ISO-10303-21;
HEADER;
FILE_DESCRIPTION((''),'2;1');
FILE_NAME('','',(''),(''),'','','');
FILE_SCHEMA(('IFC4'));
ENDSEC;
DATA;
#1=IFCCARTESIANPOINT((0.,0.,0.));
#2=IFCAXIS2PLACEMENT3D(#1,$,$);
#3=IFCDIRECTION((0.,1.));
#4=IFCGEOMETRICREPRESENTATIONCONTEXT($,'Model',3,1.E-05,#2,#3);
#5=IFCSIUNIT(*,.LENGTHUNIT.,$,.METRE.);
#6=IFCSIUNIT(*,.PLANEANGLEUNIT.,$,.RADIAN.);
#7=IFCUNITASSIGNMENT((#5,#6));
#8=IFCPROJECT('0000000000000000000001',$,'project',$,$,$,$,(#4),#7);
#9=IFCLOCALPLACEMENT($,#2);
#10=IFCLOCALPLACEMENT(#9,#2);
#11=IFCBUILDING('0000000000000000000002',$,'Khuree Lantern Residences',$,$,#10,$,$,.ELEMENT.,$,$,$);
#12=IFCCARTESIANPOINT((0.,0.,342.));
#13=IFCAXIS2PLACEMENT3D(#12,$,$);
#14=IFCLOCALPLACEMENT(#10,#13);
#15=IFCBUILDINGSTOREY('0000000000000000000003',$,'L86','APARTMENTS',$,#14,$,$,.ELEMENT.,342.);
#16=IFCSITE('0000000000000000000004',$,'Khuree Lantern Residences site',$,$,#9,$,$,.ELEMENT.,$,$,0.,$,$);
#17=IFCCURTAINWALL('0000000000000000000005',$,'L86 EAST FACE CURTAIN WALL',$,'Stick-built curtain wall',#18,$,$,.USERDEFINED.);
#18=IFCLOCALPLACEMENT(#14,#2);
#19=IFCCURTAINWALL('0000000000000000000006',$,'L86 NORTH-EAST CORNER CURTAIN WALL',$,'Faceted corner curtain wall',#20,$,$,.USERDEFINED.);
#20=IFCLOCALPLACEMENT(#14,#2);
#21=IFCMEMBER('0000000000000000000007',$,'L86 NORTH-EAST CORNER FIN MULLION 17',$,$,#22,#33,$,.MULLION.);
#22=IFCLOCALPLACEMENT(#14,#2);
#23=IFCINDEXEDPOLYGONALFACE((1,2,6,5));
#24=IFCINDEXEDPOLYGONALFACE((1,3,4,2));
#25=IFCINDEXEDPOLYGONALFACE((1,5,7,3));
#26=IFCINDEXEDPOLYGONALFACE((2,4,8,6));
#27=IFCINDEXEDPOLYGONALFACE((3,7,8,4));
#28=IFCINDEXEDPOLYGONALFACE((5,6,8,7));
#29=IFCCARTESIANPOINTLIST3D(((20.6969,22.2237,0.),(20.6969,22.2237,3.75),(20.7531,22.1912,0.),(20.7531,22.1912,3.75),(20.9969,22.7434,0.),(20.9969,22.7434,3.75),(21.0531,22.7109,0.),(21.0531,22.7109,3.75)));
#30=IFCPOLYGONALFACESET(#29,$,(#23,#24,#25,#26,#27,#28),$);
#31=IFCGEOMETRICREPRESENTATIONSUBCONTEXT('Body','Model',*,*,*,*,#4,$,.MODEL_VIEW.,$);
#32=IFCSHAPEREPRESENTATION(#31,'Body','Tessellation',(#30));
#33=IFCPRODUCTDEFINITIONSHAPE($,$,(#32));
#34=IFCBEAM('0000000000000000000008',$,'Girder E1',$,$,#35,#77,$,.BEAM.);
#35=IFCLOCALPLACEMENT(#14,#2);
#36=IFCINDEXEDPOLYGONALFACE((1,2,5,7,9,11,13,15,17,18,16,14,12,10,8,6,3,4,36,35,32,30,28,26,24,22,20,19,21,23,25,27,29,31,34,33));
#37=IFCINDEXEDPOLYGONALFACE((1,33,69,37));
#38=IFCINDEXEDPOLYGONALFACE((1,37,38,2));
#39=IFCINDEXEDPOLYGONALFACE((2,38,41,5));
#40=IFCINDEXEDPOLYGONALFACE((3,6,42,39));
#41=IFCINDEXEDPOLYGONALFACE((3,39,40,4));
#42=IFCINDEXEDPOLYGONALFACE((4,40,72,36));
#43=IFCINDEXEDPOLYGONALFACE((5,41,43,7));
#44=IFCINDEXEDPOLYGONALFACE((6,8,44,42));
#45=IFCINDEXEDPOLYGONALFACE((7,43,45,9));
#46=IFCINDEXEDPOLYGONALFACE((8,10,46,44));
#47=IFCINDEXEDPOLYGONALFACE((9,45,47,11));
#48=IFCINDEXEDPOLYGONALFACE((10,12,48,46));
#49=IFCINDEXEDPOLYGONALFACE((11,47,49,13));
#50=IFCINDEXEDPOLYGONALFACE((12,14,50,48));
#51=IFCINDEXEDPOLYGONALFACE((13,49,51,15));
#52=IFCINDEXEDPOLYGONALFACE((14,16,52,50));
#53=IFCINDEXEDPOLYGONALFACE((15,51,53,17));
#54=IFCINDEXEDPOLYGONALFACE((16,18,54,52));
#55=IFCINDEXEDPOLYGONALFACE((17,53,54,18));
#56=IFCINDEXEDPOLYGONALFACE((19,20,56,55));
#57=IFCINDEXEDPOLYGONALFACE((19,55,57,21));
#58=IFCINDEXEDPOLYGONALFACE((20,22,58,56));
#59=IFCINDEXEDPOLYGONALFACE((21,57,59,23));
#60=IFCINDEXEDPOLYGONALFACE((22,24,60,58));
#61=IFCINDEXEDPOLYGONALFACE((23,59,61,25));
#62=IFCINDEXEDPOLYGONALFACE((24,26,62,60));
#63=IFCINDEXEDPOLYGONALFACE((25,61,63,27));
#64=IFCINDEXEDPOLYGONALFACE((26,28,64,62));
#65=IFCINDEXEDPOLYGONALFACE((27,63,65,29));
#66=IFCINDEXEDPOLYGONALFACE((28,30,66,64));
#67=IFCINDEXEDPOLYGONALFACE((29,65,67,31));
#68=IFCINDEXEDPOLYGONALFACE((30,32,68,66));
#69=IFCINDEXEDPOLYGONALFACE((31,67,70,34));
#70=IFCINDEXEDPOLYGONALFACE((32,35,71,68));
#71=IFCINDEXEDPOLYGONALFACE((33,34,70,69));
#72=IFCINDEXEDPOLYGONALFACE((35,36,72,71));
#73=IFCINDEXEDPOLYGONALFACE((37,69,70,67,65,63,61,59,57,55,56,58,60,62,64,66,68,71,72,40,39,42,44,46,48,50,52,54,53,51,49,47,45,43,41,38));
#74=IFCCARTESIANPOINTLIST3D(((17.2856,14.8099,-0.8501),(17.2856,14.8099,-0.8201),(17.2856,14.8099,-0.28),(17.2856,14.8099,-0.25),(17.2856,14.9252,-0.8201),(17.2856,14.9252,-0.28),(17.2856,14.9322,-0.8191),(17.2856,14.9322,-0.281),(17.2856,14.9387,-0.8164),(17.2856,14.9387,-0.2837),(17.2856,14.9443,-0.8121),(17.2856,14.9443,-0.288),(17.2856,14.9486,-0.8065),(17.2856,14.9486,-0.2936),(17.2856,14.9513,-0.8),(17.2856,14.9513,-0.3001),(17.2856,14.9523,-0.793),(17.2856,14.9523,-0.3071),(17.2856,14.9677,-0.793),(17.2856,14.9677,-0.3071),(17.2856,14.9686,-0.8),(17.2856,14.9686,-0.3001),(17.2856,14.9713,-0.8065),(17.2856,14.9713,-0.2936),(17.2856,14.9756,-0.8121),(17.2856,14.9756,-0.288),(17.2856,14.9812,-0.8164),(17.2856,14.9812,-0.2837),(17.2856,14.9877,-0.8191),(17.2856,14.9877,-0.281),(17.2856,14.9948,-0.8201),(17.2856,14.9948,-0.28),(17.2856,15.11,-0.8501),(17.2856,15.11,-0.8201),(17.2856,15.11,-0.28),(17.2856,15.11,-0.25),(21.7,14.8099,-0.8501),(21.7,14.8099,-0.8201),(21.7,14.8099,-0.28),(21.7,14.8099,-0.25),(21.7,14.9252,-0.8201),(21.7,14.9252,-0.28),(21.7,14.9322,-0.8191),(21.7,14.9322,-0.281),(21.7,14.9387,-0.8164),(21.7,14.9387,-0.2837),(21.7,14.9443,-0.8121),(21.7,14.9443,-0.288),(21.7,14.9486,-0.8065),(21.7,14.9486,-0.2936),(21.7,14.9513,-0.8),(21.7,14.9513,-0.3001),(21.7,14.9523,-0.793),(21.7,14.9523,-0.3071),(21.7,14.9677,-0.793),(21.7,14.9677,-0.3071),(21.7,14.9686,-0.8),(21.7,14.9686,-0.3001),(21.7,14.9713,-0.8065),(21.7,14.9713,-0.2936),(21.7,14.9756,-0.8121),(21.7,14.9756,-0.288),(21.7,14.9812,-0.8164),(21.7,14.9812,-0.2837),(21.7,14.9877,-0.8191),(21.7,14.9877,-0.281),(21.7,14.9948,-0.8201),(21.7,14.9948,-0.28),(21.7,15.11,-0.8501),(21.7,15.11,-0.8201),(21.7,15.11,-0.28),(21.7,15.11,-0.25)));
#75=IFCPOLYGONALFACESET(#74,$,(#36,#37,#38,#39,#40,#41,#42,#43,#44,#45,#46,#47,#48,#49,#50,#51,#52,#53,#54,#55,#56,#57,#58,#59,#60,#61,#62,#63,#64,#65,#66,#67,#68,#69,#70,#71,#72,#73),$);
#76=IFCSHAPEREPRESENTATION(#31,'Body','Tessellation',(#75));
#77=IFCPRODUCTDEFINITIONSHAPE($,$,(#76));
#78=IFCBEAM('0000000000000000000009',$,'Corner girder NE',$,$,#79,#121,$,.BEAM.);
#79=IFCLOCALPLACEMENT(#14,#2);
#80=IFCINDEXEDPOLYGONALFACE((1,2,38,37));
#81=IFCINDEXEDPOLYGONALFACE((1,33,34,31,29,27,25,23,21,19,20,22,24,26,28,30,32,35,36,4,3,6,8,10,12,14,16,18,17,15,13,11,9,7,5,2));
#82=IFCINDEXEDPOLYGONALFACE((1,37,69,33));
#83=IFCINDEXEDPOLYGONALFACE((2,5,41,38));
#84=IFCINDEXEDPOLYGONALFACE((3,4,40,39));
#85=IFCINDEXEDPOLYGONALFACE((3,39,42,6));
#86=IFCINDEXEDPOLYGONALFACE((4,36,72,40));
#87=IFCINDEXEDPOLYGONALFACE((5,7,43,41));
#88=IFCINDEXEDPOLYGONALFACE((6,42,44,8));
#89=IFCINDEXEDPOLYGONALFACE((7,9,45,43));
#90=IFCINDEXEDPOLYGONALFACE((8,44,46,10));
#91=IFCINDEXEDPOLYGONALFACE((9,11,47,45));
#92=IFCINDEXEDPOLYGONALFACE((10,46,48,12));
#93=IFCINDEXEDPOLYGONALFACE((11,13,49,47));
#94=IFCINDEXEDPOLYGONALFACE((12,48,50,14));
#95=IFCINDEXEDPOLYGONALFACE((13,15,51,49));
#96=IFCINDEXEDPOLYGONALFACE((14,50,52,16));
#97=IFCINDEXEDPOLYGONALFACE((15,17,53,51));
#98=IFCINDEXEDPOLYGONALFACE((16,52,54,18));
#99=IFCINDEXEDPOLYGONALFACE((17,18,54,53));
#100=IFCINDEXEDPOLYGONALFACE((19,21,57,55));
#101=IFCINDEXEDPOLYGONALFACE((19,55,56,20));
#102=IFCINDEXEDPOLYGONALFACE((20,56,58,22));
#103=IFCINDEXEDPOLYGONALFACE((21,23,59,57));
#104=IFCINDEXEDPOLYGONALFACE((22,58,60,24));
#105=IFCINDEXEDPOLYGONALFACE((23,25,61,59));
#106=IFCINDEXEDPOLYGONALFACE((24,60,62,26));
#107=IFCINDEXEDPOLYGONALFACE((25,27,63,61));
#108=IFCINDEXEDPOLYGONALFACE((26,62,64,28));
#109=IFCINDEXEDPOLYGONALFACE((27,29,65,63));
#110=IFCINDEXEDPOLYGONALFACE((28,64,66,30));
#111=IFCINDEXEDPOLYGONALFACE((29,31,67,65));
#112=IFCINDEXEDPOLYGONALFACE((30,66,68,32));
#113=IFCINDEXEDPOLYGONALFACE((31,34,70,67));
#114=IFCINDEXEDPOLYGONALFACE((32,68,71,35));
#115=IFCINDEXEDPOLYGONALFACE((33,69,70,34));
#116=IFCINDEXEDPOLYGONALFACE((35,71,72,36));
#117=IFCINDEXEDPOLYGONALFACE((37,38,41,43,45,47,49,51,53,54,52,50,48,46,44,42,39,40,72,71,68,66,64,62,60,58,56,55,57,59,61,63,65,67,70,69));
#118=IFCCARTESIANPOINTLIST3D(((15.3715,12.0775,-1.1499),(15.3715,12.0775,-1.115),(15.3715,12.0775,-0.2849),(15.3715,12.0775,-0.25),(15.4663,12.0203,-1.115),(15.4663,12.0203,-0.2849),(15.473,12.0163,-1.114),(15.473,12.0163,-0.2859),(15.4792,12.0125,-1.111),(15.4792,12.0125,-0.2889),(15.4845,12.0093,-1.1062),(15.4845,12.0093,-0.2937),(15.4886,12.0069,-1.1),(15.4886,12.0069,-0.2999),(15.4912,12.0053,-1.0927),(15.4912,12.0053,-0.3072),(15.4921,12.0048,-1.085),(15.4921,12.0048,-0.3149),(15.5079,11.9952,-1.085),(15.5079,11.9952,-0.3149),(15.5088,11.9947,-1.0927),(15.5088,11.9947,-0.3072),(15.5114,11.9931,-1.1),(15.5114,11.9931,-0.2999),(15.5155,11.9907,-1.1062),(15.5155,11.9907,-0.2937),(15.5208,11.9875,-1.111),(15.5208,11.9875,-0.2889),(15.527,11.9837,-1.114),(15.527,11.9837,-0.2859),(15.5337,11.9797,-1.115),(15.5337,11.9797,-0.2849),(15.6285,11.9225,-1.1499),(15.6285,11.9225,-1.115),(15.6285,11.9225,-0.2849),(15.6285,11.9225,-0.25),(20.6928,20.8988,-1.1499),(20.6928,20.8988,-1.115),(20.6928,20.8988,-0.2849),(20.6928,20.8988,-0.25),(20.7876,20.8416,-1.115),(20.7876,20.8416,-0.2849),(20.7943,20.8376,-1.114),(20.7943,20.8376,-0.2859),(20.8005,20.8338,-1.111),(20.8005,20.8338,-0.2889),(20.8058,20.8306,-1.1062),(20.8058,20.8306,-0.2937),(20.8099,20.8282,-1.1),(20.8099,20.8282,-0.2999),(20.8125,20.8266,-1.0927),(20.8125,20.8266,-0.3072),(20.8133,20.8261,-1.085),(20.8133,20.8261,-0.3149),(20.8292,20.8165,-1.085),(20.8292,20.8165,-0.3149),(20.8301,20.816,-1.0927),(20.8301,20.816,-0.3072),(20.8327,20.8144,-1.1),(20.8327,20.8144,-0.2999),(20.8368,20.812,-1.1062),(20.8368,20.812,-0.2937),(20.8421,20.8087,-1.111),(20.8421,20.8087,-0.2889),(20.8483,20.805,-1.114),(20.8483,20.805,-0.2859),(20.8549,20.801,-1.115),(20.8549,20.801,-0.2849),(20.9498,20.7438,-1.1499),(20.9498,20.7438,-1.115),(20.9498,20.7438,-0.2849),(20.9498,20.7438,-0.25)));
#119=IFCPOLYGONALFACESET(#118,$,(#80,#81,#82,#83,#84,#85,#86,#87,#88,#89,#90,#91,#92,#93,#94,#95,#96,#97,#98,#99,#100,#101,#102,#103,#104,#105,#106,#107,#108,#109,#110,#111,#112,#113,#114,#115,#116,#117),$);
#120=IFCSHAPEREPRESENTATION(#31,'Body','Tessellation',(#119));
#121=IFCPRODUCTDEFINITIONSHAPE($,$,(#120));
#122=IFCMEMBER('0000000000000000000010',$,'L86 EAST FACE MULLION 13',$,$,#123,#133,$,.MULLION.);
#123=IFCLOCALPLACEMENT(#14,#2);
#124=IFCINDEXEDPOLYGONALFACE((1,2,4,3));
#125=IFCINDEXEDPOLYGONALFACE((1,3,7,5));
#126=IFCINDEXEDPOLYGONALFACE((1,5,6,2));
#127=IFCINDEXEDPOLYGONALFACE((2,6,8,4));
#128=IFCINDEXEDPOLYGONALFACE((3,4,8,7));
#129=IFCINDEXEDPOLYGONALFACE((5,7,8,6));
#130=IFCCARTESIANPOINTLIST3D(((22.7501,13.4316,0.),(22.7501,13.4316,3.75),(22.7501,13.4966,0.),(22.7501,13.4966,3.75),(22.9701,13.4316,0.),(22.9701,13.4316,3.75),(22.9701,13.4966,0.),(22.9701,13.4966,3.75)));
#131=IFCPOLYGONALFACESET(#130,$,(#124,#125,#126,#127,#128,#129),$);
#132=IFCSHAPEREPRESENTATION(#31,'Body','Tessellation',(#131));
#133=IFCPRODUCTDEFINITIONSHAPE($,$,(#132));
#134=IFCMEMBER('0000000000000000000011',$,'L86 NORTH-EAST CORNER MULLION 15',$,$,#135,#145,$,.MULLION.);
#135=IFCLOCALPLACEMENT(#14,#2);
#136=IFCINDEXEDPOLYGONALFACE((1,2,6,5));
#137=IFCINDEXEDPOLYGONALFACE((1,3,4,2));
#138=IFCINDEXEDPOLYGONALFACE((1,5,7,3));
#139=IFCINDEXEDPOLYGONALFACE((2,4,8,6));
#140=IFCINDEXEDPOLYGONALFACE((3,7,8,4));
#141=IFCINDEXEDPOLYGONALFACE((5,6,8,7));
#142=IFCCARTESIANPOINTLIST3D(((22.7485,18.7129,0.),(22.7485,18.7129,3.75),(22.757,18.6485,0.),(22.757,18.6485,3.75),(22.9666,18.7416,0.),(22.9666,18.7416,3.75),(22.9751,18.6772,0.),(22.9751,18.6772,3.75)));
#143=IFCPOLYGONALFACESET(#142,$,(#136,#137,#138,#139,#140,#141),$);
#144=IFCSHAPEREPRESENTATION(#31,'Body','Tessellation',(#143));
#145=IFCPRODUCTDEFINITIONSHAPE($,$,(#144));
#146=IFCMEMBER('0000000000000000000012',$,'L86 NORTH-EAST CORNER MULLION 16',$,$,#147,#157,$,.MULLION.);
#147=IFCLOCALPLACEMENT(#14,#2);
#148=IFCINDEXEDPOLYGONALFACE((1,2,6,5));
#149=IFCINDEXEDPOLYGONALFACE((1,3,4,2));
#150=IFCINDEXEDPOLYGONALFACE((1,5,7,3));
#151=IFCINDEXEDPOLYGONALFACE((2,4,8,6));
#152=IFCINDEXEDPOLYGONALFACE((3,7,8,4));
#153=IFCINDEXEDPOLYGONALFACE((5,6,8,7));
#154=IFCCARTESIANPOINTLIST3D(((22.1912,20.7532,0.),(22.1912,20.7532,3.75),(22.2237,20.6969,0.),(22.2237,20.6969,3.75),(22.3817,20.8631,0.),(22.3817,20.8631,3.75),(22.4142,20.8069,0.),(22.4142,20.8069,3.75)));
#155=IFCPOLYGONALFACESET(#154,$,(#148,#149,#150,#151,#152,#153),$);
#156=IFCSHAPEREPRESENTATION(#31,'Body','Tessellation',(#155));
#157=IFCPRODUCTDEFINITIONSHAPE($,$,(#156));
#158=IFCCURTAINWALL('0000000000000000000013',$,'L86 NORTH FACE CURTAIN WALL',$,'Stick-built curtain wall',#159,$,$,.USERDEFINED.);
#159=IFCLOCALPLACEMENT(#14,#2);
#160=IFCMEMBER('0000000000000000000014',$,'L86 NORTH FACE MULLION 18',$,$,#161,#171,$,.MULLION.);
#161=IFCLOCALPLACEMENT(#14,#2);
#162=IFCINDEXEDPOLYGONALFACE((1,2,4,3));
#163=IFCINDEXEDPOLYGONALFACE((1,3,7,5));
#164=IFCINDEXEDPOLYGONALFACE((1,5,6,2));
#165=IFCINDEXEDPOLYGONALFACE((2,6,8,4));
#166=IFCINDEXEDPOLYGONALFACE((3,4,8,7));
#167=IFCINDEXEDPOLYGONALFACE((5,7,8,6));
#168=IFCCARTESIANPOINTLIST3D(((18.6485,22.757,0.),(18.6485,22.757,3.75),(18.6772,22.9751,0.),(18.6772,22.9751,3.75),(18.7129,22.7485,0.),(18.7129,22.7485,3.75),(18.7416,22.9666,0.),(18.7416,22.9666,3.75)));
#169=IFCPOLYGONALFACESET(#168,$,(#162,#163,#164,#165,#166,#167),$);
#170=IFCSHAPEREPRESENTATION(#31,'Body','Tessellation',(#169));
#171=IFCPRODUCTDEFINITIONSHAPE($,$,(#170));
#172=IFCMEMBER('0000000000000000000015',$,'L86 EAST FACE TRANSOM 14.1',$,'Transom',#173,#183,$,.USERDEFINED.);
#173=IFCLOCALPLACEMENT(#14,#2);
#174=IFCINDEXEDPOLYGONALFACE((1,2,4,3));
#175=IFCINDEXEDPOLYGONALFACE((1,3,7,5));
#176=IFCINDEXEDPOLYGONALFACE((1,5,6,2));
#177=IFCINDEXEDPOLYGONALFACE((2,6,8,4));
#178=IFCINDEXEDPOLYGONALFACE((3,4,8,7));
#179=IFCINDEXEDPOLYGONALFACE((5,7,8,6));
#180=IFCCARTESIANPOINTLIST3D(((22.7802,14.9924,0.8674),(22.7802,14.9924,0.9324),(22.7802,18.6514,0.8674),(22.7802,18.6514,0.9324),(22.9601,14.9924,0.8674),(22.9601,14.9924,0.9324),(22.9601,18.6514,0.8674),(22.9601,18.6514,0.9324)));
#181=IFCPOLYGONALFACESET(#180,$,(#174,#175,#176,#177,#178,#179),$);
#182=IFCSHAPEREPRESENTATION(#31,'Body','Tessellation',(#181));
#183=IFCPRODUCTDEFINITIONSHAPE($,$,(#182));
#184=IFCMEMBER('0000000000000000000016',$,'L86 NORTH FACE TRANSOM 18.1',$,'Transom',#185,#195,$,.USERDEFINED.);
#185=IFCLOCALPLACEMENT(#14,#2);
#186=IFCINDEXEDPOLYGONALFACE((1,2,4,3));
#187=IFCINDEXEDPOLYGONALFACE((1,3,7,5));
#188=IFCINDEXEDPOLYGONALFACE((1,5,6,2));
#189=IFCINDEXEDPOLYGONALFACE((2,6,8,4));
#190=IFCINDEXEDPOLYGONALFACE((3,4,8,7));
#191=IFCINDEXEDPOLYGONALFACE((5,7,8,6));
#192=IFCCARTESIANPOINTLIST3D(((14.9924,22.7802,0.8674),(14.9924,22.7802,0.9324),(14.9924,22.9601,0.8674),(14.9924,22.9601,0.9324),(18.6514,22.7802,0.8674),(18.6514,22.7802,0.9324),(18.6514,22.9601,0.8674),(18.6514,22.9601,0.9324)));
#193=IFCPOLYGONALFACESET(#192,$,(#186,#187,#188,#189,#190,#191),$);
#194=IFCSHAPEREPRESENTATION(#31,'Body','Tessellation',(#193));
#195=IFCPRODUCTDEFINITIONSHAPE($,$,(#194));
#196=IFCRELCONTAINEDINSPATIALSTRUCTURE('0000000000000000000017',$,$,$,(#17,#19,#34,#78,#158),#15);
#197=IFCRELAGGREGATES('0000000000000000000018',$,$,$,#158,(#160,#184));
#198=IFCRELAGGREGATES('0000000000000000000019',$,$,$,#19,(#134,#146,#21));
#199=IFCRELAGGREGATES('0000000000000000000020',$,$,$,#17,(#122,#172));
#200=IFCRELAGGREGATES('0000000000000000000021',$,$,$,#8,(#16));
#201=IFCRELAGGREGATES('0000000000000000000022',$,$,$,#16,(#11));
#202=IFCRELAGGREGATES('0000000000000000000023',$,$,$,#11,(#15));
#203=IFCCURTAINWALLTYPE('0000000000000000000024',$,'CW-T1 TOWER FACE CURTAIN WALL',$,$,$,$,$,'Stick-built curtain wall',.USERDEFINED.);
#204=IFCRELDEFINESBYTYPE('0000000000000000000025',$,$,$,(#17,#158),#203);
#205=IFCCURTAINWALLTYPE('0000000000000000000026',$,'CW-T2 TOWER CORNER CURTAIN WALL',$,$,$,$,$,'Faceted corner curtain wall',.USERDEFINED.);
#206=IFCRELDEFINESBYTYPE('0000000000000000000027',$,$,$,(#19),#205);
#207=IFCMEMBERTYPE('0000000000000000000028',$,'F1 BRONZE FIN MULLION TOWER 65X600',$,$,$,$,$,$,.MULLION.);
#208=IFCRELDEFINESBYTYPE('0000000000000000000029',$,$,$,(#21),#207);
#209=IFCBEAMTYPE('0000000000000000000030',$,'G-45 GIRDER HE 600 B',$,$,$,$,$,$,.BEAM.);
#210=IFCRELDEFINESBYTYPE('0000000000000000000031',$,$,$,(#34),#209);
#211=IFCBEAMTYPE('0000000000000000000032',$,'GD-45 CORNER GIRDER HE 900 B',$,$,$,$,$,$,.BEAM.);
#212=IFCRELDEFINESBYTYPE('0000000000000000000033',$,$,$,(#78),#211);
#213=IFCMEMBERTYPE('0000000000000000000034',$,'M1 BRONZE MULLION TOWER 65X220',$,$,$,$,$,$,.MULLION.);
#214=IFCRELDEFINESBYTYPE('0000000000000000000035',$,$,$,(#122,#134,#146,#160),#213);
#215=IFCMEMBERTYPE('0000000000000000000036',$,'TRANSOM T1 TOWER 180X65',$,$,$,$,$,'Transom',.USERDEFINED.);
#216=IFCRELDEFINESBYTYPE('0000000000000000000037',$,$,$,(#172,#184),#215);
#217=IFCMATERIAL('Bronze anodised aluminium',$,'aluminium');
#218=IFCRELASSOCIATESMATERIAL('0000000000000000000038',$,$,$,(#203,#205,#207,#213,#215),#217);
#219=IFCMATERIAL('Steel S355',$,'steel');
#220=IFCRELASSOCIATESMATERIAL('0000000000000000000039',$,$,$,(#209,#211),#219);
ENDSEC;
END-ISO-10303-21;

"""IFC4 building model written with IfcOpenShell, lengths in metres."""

from ifc_helpers import new_model, si_unit, direction, frame, origin, origin_2d, place, context, subcontext, project, spatial, rectangle, i_section, extrude, material, material_profile, profile_set, type_object, element, aggregate, save


model = new_model("IFC4")

# Units and contexts
model_context = context("Model", 3, precision=1e-05, world=origin(), true_north=direction((0.0, 1.0)))
body_context = subcontext(model_context, "Body", "Model", "MODEL_VIEW")
ifc_project = project(units=[si_unit("LENGTHUNIT", "METRE"), si_unit("PLANEANGLEUNIT", "RADIAN")], contexts=[model_context])

# Site, building, storey
site_placement = place(None, origin())
site = spatial("IfcSite", under=ifc_project, at=site_placement, Name="Khuree Lantern Residences site", CompositionType="ELEMENT", RefElevation=0.0)
building_placement = place(site_placement, origin())
building = spatial("IfcBuilding", under=site, at=building_placement, Name="Khuree Lantern Residences", CompositionType="ELEMENT")
storey_placement = place(building_placement, frame((0.0, 0.0, 342.0)))
storey = spatial("IfcBuildingStorey", under=building, at=storey_placement, Name="L86", Description="APARTMENTS", CompositionType="ELEMENT", Elevation=342.0)

# Shared definitions
ifc_material_1 = material(Name="Steel S355", Category="steel")

# Curtain walls, member
ifc_material_2 = material(Name="Bronze anodised aluminium", Category="aluminium")
curtain_wall_type_1 = type_object("IfcCurtainWallType", Name="CW-T1 TOWER FACE CURTAIN WALL", ElementType="Stick-built curtain wall", PredefinedType="USERDEFINED", material=ifc_material_2)
curtain_wall_1_placement = place(storey_placement, origin())
curtain_wall_1 = element("IfcCurtainWall", 1, at=curtain_wall_1_placement, inside=storey, type_object=curtain_wall_type_1, Name="L86 EAST FACE CURTAIN WALL", ObjectType="Stick-built curtain wall", PredefinedType="USERDEFINED")
ifc_material_profile_1 = material_profile(ifc_material_2, rectangle(XDim=0.0649, YDim=0.6001, at=origin_2d()), Name="F1 65X600")
ifc_profile_set_1 = profile_set([ifc_material_profile_1], Name="Bronze anodised aluminium")
member_type_1 = type_object("IfcMemberType", Name="F1 BRONZE FIN MULLION TOWER 65X600", PredefinedType="MULLION", material=ifc_profile_set_1)
curtain_wall_type_2 = type_object("IfcCurtainWallType", Name="CW-T2 TOWER CORNER CURTAIN WALL", ElementType="Faceted corner curtain wall", PredefinedType="USERDEFINED", material=ifc_material_2)
curtain_wall_2_placement = place(storey_placement, origin())
curtain_wall_2 = element("IfcCurtainWall", 2, at=curtain_wall_2_placement, inside=storey, type_object=curtain_wall_type_2, Name="L86 NORTH-EAST CORNER CURTAIN WALL", ObjectType="Faceted corner curtain wall", PredefinedType="USERDEFINED")
member_1_placement = place(storey_placement, frame((20.875, 22.4673, 0.0), z_axis=(0.0, 0.0, 1.0), x_axis=(-0.866025, 0.5, 0.0)))
member_1 = element("IfcMember", 3, at=member_1_placement, type_object=member_type_1, Name="L86 NORTH-EAST CORNER FIN MULLION 17", PredefinedType="MULLION", context=body_context, shape_type="SweptSolid", body=[
    extrude(rectangle(XDim=0.0649, YDim=0.6001, at=origin_2d()), origin(), (0.0, 0.0, 1.0), 3.75),
])

# Beams
ifc_material_profile_2 = material_profile(ifc_material_1, i_section(OverallWidth=0.3, OverallDepth=0.6001, WebThickness=0.0154, FlangeThickness=0.03, FilletRadius=0.0271, at=origin_2d()), Name="HE 600 B")
ifc_profile_set_2 = profile_set([ifc_material_profile_2], Name="Steel S355")
beam_type_1 = type_object("IfcBeamType", Name="G-45 GIRDER HE 600 B", PredefinedType="BEAM", material=ifc_profile_set_2)
beam_1_placement = place(storey_placement, frame((21.7, 14.96, -0.55), z_axis=(-1.0, 0.0, 0.0), x_axis=(0.0, -1.0, 0.0)))
element("IfcBeam", 4, at=beam_1_placement, inside=storey, type_object=beam_type_1, Name="Girder E1", PredefinedType="BEAM", context=body_context, shape_type="SweptSolid", body=[
    extrude(i_section(OverallWidth=0.3, OverallDepth=0.6001, WebThickness=0.0154, FlangeThickness=0.03, FilletRadius=0.0271, at=origin_2d()), origin(), (0.0, 0.0, 1.0), 4.4143),
])
ifc_material_profile_3 = material_profile(ifc_material_1, i_section(OverallWidth=0.3, OverallDepth=0.8999, WebThickness=0.0186, FlangeThickness=0.0349, FilletRadius=0.03, at=origin_2d()), Name="HE 900 B")
ifc_profile_set_3 = profile_set([ifc_material_profile_3], Name="Steel S355")
beam_type_2 = type_object("IfcBeamType", Name="GD-45 CORNER GIRDER HE 900 B", PredefinedType="BEAM", material=ifc_profile_set_3)
beam_2_placement = place(storey_placement, frame((20.8213, 20.8213, -0.7), z_axis=(-0.51653, -0.856269, 0.0), x_axis=(0.856269, -0.51653, 0.0)))
element("IfcBeam", 5, at=beam_2_placement, inside=storey, type_object=beam_type_2, Name="Corner girder NE", PredefinedType="BEAM", context=body_context, shape_type="SweptSolid", body=[
    extrude(i_section(OverallWidth=0.3, OverallDepth=0.8999, WebThickness=0.0186, FlangeThickness=0.0349, FilletRadius=0.03, at=origin_2d()), origin(), (0.0, 0.0, 1.0), 10.302),
])

# Members
ifc_material_profile_4 = material_profile(ifc_material_2, rectangle(XDim=0.0649, YDim=0.22, at=origin_2d()), Name="M1 65X220")
ifc_profile_set_4 = profile_set([ifc_material_profile_4], Name="Bronze anodised aluminium")
member_type_2 = type_object("IfcMemberType", Name="M1 BRONZE MULLION TOWER 65X220", PredefinedType="MULLION", material=ifc_profile_set_4)
member_2_placement = place(storey_placement, frame((22.8601, 13.4641, 0.0), z_axis=(0.0, 0.0, 1.0), x_axis=(0.0, 1.0, 0.0)))
member_2 = element("IfcMember", 6, at=member_2_placement, type_object=member_type_2, Name="L86 EAST FACE MULLION 13", PredefinedType="MULLION", context=body_context, shape_type="SweptSolid", body=[
    extrude(rectangle(XDim=0.0649, YDim=0.22, at=origin_2d()), origin(), (0.0, 0.0, 1.0), 3.75),
])
member_3_placement = place(storey_placement, frame((22.8618, 18.6951, 0.0), z_axis=(0.0, 0.0, 1.0), x_axis=(-0.130526, 0.991445, 0.0)))
member_3 = element("IfcMember", 7, at=member_3_placement, type_object=member_type_2, Name="L86 NORTH-EAST CORNER MULLION 15", PredefinedType="MULLION", context=body_context, shape_type="SweptSolid", body=[
    extrude(rectangle(XDim=0.0649, YDim=0.22, at=origin_2d()), origin(), (0.0, 0.0, 1.0), 3.75),
])
member_4_placement = place(storey_placement, frame((22.3027, 20.78, 0.0), z_axis=(0.0, 0.0, 1.0), x_axis=(-0.5, 0.866025, 0.0)))
member_4 = element("IfcMember", 8, at=member_4_placement, type_object=member_type_2, Name="L86 NORTH-EAST CORNER MULLION 16", PredefinedType="MULLION", context=body_context, shape_type="SweptSolid", body=[
    extrude(rectangle(XDim=0.0649, YDim=0.22, at=origin_2d()), origin(), (0.0, 0.0, 1.0), 3.75),
])

# Curtain wall, member
curtain_wall_3_placement = place(storey_placement, origin())
curtain_wall_3 = element("IfcCurtainWall", 9, at=curtain_wall_3_placement, inside=storey, type_object=curtain_wall_type_1, Name="L86 NORTH FACE CURTAIN WALL", ObjectType="Stick-built curtain wall", PredefinedType="USERDEFINED")
member_5_placement = place(storey_placement, frame((18.6951, 22.8618, 0.0), z_axis=(0.0, 0.0, 1.0), x_axis=(-0.991445, 0.130526, 0.0)))
member_5 = element("IfcMember", 10, at=member_5_placement, type_object=member_type_2, Name="L86 NORTH FACE MULLION 18", PredefinedType="MULLION", context=body_context, shape_type="SweptSolid", body=[
    extrude(rectangle(XDim=0.0649, YDim=0.22, at=origin_2d()), origin(), (0.0, 0.0, 1.0), 3.75),
])

# Members
ifc_material_profile_5 = material_profile(ifc_material_2, rectangle(XDim=0.1799, YDim=0.0649, at=origin_2d()), Name="T1 180X65")
ifc_profile_set_5 = profile_set([ifc_material_profile_5], Name="Bronze anodised aluminium")
member_type_3 = type_object("IfcMemberType", Name="TRANSOM T1 TOWER 180X65", ElementType="Transom", PredefinedType="USERDEFINED", material=ifc_profile_set_5)
member_6_placement = place(storey_placement, frame((22.8701, 14.9924, 0.8999), z_axis=(0.0, 1.0, 0.0), x_axis=(-1.0, 0.0, 0.0)))
member_6 = element("IfcMember", 11, at=member_6_placement, type_object=member_type_3, Name="L86 EAST FACE TRANSOM 14.1", ObjectType="Transom", PredefinedType="USERDEFINED", context=body_context, shape_type="SweptSolid", body=[
    extrude(rectangle(XDim=0.1799, YDim=0.0649, at=origin_2d()), origin(), (0.0, 0.0, 1.0), 3.6589),
])
member_7_placement = place(storey_placement, frame((18.6514, 22.8701, 0.8999), z_axis=(-1.0, 0.0, 0.0), x_axis=(0.0, -1.0, 0.0)))
member_7 = element("IfcMember", 12, at=member_7_placement, type_object=member_type_3, Name="L86 NORTH FACE TRANSOM 18.1", ObjectType="Transom", PredefinedType="USERDEFINED", context=body_context, shape_type="SweptSolid", body=[
    extrude(rectangle(XDim=0.1799, YDim=0.0649, at=origin_2d()), origin(), (0.0, 0.0, 1.0), 3.6589),
])
aggregate(curtain_wall_3, [member_5, member_7])

aggregate(curtain_wall_2, [member_3, member_4, member_1])
aggregate(curtain_wall_1, [member_2, member_6])

save(model, "model.ifc")
